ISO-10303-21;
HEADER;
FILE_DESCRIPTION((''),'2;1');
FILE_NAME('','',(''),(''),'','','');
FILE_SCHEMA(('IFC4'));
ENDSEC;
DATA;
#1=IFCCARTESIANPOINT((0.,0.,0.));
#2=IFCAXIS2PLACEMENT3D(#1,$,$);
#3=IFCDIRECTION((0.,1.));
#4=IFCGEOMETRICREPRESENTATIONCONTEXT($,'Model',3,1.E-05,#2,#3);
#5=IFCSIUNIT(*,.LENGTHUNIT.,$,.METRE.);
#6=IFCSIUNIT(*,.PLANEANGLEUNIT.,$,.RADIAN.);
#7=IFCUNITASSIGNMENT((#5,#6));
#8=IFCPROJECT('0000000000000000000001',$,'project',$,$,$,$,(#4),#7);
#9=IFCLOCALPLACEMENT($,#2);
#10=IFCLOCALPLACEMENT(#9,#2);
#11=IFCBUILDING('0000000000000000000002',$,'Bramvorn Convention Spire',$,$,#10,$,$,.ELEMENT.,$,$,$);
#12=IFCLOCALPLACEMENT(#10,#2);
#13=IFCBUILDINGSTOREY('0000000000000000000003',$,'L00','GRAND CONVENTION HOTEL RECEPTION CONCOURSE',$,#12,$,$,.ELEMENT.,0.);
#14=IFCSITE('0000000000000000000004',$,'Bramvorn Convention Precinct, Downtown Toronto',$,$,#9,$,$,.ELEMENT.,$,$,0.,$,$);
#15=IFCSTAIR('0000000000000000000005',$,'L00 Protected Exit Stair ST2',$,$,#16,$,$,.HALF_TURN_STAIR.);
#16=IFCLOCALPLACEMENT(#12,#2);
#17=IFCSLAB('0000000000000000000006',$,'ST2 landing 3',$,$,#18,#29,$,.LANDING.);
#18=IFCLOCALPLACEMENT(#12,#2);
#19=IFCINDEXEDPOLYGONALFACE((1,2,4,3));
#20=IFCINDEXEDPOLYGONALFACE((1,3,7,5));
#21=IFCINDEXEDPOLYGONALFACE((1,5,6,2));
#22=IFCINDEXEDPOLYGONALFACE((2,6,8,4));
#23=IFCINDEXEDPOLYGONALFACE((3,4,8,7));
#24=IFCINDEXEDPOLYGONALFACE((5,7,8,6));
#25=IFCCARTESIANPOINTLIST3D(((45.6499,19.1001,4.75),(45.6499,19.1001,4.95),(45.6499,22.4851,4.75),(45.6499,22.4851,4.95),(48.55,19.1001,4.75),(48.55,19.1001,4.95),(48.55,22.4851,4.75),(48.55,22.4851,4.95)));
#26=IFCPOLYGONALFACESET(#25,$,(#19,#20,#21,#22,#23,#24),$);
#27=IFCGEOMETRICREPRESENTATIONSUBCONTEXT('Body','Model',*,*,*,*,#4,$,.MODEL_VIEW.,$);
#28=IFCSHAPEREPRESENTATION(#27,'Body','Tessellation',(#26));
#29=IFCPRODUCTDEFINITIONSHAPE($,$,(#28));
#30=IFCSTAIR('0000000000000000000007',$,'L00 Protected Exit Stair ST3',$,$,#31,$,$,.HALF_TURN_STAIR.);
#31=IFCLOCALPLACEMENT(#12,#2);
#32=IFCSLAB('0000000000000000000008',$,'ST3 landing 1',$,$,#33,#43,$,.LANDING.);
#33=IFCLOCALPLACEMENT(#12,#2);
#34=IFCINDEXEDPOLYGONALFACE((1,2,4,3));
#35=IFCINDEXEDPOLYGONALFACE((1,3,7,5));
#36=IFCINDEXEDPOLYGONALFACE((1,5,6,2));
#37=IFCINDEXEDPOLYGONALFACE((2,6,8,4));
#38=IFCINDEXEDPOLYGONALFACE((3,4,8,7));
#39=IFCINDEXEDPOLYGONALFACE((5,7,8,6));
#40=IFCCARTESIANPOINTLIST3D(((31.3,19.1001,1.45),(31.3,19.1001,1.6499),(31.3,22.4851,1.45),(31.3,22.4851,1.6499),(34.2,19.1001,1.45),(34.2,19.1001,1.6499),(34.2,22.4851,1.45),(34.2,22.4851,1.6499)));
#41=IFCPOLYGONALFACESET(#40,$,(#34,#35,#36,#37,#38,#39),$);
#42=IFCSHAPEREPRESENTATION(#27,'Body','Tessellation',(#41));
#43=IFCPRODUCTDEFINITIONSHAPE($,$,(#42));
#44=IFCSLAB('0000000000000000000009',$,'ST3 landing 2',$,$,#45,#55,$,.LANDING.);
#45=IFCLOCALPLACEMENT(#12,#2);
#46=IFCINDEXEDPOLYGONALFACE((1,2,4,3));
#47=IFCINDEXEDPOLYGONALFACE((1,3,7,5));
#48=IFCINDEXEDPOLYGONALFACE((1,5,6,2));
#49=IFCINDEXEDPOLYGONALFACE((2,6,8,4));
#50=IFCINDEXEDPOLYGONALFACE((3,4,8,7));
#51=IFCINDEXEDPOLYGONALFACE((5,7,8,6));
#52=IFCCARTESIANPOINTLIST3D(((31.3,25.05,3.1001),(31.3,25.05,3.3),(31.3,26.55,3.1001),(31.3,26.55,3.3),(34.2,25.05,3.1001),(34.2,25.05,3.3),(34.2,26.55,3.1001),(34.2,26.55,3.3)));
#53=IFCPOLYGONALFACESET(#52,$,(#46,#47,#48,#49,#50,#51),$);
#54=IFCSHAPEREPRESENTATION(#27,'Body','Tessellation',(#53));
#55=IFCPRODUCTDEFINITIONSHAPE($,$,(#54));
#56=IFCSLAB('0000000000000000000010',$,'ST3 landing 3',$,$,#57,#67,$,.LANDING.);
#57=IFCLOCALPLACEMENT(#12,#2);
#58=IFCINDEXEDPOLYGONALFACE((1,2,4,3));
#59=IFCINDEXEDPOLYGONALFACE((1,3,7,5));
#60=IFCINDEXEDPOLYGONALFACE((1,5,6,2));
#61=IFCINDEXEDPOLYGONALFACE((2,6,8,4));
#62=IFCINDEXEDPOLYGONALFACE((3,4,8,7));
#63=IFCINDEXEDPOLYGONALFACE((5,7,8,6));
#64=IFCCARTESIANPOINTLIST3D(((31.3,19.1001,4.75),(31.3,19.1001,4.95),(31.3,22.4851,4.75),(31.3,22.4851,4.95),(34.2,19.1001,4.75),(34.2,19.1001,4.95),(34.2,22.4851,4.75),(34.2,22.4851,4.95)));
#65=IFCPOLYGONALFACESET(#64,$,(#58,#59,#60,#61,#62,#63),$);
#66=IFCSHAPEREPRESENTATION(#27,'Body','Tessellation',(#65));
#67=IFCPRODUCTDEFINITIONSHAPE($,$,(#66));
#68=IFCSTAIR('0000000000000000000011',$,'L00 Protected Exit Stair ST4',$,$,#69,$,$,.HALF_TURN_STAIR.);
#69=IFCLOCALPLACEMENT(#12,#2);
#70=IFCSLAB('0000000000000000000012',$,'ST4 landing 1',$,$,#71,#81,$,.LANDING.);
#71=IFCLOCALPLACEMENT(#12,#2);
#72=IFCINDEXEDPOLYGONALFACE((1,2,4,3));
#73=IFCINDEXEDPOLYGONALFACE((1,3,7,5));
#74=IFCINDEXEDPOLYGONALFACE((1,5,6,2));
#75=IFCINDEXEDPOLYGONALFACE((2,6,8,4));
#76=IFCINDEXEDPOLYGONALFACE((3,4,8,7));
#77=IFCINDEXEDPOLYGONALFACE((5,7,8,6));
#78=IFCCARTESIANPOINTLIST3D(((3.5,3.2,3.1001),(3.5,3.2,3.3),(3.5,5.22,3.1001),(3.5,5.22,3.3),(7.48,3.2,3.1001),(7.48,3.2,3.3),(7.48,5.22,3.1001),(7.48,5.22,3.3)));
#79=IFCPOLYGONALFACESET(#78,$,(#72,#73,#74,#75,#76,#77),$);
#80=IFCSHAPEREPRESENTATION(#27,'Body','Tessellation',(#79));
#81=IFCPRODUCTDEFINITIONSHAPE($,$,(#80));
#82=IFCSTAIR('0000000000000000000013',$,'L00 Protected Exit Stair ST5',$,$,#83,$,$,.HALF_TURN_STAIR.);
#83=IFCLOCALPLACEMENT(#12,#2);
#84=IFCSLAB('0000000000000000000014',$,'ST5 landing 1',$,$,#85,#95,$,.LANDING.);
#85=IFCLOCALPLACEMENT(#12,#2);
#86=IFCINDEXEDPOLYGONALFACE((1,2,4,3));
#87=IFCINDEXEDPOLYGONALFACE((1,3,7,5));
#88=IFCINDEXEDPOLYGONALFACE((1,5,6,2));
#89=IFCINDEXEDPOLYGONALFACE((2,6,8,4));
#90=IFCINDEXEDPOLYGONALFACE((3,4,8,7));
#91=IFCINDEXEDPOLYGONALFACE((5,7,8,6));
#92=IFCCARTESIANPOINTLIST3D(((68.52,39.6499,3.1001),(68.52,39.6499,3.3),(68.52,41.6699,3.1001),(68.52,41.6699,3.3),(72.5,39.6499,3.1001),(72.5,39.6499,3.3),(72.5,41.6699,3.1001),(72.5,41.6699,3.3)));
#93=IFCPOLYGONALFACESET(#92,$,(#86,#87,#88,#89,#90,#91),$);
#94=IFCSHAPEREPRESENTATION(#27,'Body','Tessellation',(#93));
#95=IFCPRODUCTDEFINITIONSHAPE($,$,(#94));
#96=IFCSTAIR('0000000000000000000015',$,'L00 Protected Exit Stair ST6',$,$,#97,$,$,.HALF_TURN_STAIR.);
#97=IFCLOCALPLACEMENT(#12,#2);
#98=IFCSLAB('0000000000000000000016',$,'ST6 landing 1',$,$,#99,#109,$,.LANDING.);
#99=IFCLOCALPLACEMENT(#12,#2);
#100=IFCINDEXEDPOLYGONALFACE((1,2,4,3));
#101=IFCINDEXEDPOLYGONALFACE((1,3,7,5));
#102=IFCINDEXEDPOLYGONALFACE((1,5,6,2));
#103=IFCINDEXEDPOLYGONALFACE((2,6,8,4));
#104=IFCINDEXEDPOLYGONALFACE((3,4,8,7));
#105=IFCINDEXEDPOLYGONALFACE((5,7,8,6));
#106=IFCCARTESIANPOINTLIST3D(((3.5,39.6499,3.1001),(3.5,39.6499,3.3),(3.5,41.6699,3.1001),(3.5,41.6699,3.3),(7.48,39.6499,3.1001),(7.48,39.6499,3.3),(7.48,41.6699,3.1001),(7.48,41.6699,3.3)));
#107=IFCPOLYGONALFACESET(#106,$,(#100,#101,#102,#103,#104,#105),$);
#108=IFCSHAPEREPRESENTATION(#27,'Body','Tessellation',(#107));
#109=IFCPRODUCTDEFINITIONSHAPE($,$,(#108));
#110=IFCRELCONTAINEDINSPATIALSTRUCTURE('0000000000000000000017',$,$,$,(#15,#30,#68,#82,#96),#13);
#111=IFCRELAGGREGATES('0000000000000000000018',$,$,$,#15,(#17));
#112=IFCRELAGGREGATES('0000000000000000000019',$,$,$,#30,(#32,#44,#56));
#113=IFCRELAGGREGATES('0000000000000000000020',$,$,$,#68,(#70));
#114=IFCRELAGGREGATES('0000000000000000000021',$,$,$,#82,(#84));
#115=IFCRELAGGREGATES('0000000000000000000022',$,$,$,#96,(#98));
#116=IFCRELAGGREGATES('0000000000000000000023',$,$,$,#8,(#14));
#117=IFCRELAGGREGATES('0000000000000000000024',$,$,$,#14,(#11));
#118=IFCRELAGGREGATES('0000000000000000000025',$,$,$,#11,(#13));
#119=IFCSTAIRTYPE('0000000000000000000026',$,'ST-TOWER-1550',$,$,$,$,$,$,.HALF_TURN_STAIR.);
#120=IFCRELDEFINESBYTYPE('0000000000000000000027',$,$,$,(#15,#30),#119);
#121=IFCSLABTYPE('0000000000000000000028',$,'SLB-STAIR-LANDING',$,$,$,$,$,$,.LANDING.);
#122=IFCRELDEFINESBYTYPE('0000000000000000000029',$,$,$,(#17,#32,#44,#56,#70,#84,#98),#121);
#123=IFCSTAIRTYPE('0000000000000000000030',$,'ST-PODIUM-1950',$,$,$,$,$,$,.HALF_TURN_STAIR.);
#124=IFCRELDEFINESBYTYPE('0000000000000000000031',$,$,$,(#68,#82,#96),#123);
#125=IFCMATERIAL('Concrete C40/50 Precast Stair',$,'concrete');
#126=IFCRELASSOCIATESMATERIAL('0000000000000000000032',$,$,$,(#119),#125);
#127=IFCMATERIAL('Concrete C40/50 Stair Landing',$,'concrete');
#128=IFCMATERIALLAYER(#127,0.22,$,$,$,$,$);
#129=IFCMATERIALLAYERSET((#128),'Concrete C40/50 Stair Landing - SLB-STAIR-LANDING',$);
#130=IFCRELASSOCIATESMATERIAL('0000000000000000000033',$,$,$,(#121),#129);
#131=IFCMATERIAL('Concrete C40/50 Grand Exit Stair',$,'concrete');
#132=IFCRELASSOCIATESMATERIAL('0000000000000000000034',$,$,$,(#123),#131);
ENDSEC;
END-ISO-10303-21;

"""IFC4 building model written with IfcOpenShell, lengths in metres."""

from ifc_helpers import new_model, si_unit, direction, frame, origin, place, context, subcontext, project, spatial, polyline, outline, extrude, material, layer, layer_set, type_object, element, aggregate, save


model = new_model("IFC4")

# Units and contexts
model_context = context("Model", 3, precision=1e-05, world=origin(), true_north=direction((0.0, 1.0)))
body_context = subcontext(model_context, "Body", "Model", "MODEL_VIEW")
ifc_project = project(units=[si_unit("LENGTHUNIT", "METRE"), si_unit("PLANEANGLEUNIT", "RADIAN")], contexts=[model_context])

# Site, building, storey
site_placement = place(None, origin())
site = spatial("IfcSite", under=ifc_project, at=site_placement, Name="Bramvorn Convention Precinct, Downtown Toronto", CompositionType="ELEMENT", RefElevation=0.0)
building_placement = place(site_placement, origin())
building = spatial("IfcBuilding", under=site, at=building_placement, Name="Bramvorn Convention Spire", CompositionType="ELEMENT")
storey_placement = place(building_placement, origin())
storey = spatial("IfcBuildingStorey", under=building, at=storey_placement, Name="L00", Description="GRAND CONVENTION HOTEL RECEPTION CONCOURSE", CompositionType="ELEMENT", Elevation=0.0)

# Stairs, slabs
ifc_material_1 = material(Name="Concrete C40/50 Precast Stair", Category="concrete")
stair_type_1 = type_object("IfcStairType", Name="ST-TOWER-1550", PredefinedType="HALF_TURN_STAIR", material=ifc_material_1)
ifc_material_2 = material(Name="Concrete C40/50 Stair Landing", Category="concrete")
ifc_layer_1 = layer(ifc_material_2, 0.22)
ifc_layer_set_1 = layer_set([ifc_layer_1], Name="Concrete C40/50 Stair Landing - SLB-STAIR-LANDING")
slab_type_1 = type_object("IfcSlabType", Name="SLB-STAIR-LANDING", PredefinedType="LANDING", material=ifc_layer_set_1)
stair_1_placement = place(storey_placement, origin())
stair_1 = element("IfcStair", 1, at=stair_1_placement, inside=storey, type_object=stair_type_1, Name="L00 Protected Exit Stair ST2", PredefinedType="HALF_TURN_STAIR")
slab_1_placement = place(storey_placement, frame((0.0, 0.0, 4.75)))
slab_1 = element("IfcSlab", 2, at=slab_1_placement, type_object=slab_type_1, Name="ST2 landing 3", PredefinedType="LANDING", context=body_context, shape_type="SweptSolid", body=[
    extrude(outline(polyline([(45.6499, 22.4851), (45.6499, 19.1001), (48.55, 19.1001), (48.55, 22.4851), (45.6499, 22.4851)])), origin(), (0.0, 0.0, 1.0), 0.2),
])
aggregate(stair_1, [slab_1])
stair_2_placement = place(storey_placement, origin())
stair_2 = element("IfcStair", 3, at=stair_2_placement, inside=storey, type_object=stair_type_1, Name="L00 Protected Exit Stair ST3", PredefinedType="HALF_TURN_STAIR")
slab_2_placement = place(storey_placement, frame((0.0, 0.0, 1.45)))
slab_2 = element("IfcSlab", 4, at=slab_2_placement, type_object=slab_type_1, Name="ST3 landing 1", PredefinedType="LANDING", context=body_context, shape_type="SweptSolid", body=[
    extrude(outline(polyline([(31.3, 22.4851), (31.3, 19.1001), (34.2, 19.1001), (34.2, 22.4851), (31.3, 22.4851)])), origin(), (0.0, 0.0, 1.0), 0.2),
])
slab_3_placement = place(storey_placement, frame((0.0, 0.0, 3.1001)))
slab_3 = element("IfcSlab", 5, at=slab_3_placement, type_object=slab_type_1, Name="ST3 landing 2", PredefinedType="LANDING", context=body_context, shape_type="SweptSolid", body=[
    extrude(outline(polyline([(31.3, 26.55), (31.3, 25.05), (34.2, 25.05), (34.2, 26.55), (31.3, 26.55)])), origin(), (0.0, 0.0, 1.0), 0.2),
])
slab_4_placement = place(storey_placement, frame((0.0, 0.0, 4.75)))
slab_4 = element("IfcSlab", 6, at=slab_4_placement, type_object=slab_type_1, Name="ST3 landing 3", PredefinedType="LANDING", context=body_context, shape_type="SweptSolid", body=[
    extrude(outline(polyline([(31.3, 22.4851), (31.3, 19.1001), (34.2, 19.1001), (34.2, 22.4851), (31.3, 22.4851)])), origin(), (0.0, 0.0, 1.0), 0.2),
])
aggregate(stair_2, [slab_2, slab_3, slab_4])

# Stairs, slabs
ifc_material_3 = material(Name="Concrete C40/50 Grand Exit Stair", Category="concrete")
stair_type_2 = type_object("IfcStairType", Name="ST-PODIUM-1950", PredefinedType="HALF_TURN_STAIR", material=ifc_material_3)
stair_3_placement = place(storey_placement, origin())
stair_3 = element("IfcStair", 7, at=stair_3_placement, inside=storey, type_object=stair_type_2, Name="L00 Protected Exit Stair ST4", PredefinedType="HALF_TURN_STAIR")
slab_5_placement = place(storey_placement, frame((0.0, 0.0, 3.1001)))
slab_5 = element("IfcSlab", 8, at=slab_5_placement, type_object=slab_type_1, Name="ST4 landing 1", PredefinedType="LANDING", context=body_context, shape_type="SweptSolid", body=[
    extrude(outline(polyline([(3.5, 5.22), (3.5, 3.2), (7.48, 3.2), (7.48, 5.22), (3.5, 5.22)])), origin(), (0.0, 0.0, 1.0), 0.2),
])
aggregate(stair_3, [slab_5])
stair_4_placement = place(storey_placement, origin())
stair_4 = element("IfcStair", 9, at=stair_4_placement, inside=storey, type_object=stair_type_2, Name="L00 Protected Exit Stair ST5", PredefinedType="HALF_TURN_STAIR")
slab_6_placement = place(storey_placement, frame((0.0, 0.0, 3.1001)))
slab_6 = element("IfcSlab", 10, at=slab_6_placement, type_object=slab_type_1, Name="ST5 landing 1", PredefinedType="LANDING", context=body_context, shape_type="SweptSolid", body=[
    extrude(outline(polyline([(68.52, 41.6699), (68.52, 39.6499), (72.5, 39.6499), (72.5, 41.6699), (68.52, 41.6699)])), origin(), (0.0, 0.0, 1.0), 0.2),
])
aggregate(stair_4, [slab_6])
stair_5_placement = place(storey_placement, origin())
stair_5 = element("IfcStair", 11, at=stair_5_placement, inside=storey, type_object=stair_type_2, Name="L00 Protected Exit Stair ST6", PredefinedType="HALF_TURN_STAIR")
slab_7_placement = place(storey_placement, frame((0.0, 0.0, 3.1001)))
slab_7 = element("IfcSlab", 12, at=slab_7_placement, type_object=slab_type_1, Name="ST6 landing 1", PredefinedType="LANDING", context=body_context, shape_type="SweptSolid", body=[
    extrude(outline(polyline([(3.5, 41.6699), (3.5, 39.6499), (7.48, 39.6499), (7.48, 41.6699), (3.5, 41.6699)])), origin(), (0.0, 0.0, 1.0), 0.2),
])
aggregate(stair_5, [slab_7])

save(model, "model.ifc")
